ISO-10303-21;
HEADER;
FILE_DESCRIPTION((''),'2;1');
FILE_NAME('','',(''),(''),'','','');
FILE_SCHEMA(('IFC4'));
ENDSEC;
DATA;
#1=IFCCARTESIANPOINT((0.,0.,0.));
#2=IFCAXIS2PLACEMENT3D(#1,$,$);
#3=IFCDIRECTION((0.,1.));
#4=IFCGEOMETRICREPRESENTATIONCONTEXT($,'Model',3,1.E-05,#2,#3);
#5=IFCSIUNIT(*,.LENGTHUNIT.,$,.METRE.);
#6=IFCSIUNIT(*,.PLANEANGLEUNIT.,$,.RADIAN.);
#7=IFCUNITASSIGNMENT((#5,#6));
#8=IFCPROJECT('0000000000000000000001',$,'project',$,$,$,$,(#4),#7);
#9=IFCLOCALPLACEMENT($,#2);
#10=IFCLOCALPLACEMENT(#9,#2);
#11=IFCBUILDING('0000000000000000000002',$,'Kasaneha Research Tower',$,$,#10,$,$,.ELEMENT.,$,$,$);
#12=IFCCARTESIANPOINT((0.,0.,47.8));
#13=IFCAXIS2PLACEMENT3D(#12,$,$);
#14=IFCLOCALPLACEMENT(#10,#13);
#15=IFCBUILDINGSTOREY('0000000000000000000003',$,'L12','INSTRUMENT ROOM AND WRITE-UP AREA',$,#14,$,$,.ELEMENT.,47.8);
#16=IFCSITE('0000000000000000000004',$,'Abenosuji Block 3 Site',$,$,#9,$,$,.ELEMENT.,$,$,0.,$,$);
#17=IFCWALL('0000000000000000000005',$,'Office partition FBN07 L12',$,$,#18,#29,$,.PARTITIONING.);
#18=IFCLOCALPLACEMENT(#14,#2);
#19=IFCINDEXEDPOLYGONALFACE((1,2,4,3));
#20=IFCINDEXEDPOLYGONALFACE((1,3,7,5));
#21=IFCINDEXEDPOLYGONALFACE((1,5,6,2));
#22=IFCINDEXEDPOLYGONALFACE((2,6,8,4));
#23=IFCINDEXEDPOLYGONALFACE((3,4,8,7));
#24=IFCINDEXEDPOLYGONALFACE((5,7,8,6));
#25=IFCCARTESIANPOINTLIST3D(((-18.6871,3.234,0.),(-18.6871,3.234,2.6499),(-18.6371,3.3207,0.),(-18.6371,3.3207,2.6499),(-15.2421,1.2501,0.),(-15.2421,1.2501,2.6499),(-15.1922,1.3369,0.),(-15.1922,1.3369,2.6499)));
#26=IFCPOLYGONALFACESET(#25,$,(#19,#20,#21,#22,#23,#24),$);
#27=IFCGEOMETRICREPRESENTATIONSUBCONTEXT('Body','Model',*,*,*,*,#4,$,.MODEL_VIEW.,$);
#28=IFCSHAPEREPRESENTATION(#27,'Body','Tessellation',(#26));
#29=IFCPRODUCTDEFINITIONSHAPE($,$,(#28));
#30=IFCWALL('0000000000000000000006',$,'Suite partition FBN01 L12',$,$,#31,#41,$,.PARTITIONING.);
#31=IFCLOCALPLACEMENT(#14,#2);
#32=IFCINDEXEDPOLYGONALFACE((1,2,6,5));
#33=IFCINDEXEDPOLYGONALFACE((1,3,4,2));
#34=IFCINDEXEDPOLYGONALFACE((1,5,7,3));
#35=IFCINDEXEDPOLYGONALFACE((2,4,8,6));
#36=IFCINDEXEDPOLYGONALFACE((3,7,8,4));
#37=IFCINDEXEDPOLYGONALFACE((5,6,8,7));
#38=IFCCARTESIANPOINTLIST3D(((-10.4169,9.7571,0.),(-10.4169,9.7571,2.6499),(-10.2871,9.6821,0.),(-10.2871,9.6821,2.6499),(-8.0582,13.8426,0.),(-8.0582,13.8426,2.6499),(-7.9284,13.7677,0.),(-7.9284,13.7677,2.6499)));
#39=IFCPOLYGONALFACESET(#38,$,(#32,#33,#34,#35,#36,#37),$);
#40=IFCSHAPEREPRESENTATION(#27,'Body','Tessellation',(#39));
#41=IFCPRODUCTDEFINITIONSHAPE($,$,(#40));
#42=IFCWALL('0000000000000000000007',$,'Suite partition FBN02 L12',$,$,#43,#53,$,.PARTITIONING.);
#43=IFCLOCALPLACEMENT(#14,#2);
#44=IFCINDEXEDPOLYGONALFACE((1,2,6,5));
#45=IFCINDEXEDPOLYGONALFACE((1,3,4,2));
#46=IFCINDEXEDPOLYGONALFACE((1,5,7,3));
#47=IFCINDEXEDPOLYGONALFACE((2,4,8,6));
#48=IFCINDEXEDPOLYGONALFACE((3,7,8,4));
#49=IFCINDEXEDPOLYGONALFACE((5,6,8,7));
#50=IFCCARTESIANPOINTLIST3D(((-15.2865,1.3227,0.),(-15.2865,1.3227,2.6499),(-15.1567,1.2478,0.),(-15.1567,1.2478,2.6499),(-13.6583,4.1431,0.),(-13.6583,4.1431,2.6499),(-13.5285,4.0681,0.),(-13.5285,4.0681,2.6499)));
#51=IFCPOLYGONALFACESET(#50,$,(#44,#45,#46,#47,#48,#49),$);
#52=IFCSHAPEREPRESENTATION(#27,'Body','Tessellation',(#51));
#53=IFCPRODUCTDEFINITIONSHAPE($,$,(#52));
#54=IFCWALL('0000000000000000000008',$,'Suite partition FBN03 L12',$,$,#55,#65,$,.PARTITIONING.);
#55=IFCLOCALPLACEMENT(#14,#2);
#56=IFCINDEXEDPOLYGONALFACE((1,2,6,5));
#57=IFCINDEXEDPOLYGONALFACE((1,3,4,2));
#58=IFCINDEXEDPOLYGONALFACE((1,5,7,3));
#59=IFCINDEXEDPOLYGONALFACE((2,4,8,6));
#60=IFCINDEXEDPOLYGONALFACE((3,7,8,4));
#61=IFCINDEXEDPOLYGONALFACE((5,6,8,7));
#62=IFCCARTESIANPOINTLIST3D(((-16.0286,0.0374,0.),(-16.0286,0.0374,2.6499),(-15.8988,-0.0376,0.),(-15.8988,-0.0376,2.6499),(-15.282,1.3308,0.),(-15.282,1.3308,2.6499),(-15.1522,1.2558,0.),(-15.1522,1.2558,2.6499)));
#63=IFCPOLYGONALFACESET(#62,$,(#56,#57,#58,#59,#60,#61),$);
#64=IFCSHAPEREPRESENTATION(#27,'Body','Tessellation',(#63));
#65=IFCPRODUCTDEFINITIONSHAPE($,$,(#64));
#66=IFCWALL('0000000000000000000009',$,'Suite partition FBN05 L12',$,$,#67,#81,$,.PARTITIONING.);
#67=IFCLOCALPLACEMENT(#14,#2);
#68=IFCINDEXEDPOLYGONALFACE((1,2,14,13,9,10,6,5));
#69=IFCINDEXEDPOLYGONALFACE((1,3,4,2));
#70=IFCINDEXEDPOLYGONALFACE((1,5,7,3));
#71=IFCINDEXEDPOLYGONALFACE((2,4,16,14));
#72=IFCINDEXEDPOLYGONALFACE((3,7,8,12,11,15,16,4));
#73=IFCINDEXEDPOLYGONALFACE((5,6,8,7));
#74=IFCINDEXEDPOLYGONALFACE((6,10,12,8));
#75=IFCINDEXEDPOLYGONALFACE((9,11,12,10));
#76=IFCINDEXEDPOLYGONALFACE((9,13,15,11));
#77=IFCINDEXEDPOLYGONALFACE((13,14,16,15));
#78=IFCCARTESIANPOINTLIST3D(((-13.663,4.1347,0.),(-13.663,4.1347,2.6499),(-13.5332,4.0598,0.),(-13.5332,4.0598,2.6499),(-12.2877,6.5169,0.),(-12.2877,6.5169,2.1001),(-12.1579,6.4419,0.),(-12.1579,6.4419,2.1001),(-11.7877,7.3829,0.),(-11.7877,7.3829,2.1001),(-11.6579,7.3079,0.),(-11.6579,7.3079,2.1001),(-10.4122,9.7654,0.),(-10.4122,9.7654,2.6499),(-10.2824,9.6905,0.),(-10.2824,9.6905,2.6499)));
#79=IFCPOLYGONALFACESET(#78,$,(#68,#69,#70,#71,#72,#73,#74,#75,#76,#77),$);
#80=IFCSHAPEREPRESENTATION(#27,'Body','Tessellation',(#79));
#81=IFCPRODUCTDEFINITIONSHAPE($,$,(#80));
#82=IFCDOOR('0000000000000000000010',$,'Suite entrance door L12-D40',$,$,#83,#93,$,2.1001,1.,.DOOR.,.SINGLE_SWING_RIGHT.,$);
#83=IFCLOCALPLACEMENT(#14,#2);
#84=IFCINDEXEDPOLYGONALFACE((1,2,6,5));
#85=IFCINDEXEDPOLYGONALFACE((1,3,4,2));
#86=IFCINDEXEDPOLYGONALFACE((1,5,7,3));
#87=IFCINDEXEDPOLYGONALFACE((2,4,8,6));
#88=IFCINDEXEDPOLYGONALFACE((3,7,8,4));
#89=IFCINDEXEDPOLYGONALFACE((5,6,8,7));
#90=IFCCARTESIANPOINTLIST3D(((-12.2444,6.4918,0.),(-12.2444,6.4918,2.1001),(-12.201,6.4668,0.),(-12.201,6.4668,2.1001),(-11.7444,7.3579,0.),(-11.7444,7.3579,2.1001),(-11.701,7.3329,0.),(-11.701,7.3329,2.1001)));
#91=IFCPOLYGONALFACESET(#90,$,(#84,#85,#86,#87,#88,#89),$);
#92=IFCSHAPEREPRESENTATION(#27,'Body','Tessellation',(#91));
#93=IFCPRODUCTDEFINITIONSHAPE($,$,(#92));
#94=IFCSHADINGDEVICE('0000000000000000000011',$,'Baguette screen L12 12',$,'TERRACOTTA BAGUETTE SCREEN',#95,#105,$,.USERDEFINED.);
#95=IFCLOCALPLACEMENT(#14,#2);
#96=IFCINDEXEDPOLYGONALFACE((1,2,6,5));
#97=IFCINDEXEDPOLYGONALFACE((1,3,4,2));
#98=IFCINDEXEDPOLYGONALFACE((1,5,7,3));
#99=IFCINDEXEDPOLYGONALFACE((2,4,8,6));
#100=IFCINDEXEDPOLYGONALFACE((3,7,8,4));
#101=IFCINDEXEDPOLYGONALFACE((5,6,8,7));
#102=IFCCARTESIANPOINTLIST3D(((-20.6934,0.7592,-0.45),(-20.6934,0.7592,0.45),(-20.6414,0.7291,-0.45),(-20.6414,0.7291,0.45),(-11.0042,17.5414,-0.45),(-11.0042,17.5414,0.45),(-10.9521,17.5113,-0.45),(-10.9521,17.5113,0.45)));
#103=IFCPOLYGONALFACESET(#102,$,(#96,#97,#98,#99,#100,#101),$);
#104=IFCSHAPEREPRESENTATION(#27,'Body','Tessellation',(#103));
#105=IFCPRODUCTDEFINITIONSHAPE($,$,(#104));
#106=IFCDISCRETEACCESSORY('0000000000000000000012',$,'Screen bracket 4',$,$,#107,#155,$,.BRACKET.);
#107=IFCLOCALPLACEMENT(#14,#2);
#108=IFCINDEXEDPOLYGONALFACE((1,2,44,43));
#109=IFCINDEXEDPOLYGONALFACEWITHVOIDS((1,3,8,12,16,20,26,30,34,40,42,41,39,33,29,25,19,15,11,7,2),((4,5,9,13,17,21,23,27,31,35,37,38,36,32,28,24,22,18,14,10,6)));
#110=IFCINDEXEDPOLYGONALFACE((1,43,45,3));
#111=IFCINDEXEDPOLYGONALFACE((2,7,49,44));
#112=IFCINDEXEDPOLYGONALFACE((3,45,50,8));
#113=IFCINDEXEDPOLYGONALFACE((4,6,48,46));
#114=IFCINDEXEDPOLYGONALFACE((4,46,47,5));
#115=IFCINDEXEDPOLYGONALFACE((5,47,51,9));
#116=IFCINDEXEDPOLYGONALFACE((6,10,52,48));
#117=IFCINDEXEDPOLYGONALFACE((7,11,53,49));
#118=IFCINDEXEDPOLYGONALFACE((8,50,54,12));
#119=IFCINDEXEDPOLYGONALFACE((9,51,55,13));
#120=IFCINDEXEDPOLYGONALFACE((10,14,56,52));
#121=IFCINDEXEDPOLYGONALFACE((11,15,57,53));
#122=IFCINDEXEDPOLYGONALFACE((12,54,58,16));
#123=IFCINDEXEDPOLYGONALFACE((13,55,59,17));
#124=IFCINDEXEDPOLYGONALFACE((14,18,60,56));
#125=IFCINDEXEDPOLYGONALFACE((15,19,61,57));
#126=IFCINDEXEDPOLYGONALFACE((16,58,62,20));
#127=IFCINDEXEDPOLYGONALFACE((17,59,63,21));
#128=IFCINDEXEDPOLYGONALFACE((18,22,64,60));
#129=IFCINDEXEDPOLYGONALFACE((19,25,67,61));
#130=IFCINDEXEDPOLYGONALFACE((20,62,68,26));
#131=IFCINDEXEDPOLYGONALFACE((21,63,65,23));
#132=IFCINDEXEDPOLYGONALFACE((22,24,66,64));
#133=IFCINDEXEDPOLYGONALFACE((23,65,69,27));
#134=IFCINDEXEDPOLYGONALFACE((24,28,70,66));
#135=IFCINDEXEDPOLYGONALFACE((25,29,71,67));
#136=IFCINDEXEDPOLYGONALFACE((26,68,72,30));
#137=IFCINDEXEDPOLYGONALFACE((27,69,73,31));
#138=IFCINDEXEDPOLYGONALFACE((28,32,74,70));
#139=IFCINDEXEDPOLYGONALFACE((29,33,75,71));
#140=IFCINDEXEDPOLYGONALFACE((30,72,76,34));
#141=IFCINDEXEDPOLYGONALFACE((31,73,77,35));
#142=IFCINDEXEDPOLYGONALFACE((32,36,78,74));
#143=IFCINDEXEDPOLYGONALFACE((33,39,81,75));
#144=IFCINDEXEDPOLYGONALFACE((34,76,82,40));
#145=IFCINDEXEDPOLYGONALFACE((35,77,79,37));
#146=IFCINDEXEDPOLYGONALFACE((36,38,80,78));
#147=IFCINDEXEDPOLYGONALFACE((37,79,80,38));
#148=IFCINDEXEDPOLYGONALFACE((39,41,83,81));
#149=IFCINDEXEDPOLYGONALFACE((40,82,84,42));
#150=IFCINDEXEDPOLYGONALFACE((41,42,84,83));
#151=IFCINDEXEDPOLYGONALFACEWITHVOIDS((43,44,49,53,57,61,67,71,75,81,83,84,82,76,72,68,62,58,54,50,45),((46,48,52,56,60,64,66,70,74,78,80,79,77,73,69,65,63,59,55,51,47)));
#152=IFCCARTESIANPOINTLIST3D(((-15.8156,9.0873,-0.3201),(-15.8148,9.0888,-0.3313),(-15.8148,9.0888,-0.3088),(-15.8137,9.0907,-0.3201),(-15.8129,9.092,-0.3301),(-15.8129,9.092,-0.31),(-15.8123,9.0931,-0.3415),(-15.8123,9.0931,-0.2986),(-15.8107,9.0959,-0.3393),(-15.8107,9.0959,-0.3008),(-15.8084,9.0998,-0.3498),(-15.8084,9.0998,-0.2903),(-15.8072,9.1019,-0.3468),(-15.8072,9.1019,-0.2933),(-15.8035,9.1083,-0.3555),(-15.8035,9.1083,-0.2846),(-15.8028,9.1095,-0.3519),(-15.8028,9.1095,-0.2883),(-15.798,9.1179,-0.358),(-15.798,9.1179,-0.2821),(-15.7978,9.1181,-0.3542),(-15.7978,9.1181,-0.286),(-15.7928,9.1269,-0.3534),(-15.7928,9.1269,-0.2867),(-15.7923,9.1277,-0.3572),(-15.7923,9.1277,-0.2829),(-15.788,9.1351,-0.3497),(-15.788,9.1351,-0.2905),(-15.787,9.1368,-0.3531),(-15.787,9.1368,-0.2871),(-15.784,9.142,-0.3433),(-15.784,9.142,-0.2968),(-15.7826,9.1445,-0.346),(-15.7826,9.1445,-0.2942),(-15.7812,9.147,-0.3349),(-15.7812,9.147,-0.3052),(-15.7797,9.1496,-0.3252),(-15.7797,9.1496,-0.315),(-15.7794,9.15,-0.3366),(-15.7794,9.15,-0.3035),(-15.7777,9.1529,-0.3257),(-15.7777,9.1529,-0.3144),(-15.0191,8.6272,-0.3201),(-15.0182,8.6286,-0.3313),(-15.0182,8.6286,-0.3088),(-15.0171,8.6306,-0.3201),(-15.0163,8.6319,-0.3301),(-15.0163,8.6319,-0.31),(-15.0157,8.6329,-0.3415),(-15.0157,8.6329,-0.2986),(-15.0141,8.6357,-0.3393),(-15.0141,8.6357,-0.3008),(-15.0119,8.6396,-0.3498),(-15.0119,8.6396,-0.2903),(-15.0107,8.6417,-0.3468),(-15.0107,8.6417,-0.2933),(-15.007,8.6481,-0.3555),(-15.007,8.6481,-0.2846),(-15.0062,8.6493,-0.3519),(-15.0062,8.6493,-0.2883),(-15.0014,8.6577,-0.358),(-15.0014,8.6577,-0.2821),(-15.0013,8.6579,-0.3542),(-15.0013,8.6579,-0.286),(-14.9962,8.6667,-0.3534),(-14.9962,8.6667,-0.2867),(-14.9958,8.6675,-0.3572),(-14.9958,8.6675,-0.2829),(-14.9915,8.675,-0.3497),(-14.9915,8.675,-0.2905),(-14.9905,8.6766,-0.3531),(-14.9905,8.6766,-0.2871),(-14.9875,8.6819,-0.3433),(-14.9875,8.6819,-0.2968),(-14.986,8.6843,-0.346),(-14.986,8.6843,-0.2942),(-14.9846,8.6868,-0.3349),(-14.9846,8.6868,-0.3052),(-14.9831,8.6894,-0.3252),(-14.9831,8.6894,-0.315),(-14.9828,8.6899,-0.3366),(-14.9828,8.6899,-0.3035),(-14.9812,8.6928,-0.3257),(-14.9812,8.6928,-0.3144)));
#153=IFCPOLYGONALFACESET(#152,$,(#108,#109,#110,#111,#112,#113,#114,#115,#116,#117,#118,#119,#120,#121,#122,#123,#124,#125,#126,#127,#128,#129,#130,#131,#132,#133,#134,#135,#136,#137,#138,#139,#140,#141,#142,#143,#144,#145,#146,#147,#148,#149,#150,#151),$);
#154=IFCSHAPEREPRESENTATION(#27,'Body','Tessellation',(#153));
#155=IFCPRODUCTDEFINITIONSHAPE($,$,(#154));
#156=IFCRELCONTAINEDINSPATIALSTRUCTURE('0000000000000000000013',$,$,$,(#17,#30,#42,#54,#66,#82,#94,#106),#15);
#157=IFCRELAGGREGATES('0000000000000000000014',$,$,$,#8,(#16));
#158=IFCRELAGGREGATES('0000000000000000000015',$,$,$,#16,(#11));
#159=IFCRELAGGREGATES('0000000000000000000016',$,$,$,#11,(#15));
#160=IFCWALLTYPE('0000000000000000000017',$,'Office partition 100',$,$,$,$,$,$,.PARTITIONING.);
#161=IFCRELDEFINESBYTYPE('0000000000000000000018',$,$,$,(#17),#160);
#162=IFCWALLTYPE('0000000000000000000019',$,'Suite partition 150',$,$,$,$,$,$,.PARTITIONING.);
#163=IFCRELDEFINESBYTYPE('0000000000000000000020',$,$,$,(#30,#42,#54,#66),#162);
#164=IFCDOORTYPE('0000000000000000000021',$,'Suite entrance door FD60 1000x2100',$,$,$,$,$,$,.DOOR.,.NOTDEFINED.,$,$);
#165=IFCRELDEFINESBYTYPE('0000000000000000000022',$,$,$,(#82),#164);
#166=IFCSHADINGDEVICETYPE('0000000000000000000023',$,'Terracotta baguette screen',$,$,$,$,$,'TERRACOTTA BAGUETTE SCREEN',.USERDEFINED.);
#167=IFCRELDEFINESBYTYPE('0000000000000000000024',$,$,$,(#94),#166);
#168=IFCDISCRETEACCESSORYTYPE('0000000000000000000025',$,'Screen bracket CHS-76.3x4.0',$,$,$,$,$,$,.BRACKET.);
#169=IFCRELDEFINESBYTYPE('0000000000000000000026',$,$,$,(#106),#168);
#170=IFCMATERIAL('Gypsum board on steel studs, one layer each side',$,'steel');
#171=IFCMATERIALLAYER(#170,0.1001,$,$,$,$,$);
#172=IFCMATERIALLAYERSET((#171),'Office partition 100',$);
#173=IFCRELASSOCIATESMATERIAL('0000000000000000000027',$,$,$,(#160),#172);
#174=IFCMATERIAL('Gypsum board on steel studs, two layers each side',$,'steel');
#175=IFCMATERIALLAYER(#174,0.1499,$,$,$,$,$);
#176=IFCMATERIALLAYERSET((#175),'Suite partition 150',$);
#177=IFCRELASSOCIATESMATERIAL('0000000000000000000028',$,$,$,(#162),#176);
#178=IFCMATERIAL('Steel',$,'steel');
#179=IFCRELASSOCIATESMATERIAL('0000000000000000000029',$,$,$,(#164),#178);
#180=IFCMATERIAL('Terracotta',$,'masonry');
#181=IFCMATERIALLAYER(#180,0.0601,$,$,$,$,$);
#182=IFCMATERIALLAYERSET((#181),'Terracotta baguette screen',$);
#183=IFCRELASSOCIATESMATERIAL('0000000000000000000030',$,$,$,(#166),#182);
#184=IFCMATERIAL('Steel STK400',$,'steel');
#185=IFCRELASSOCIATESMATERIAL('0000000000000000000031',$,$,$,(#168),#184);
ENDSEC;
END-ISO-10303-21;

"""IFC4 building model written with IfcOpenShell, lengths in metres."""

from ifc_helpers import new_model, si_unit, direction, frame, frame_2d, origin, origin_2d, place, context, subcontext, project, spatial, rectangle, hollow_circle, extrude, material, layer, layer_set, material_profile, profile_set, type_object, element, fill, save


model = new_model("IFC4")

# Units and contexts
model_context = context("Model", 3, precision=1e-05, world=origin(), true_north=direction((0.0, 1.0)))
body_context = subcontext(model_context, "Body", "Model", "MODEL_VIEW")
ifc_project = project(units=[si_unit("LENGTHUNIT", "METRE"), si_unit("PLANEANGLEUNIT", "RADIAN")], contexts=[model_context])

# Site, building, storey
site_placement = place(None, origin())
site = spatial("IfcSite", under=ifc_project, at=site_placement, Name="Abenosuji Block 3 Site", CompositionType="ELEMENT", RefElevation=0.0)
building_placement = place(site_placement, origin())
building = spatial("IfcBuilding", under=site, at=building_placement, Name="Kasaneha Research Tower", CompositionType="ELEMENT")
storey_placement = place(building_placement, frame((0.0, 0.0, 47.8)))
storey = spatial("IfcBuildingStorey", under=building, at=storey_placement, Name="L12", Description="INSTRUMENT ROOM AND WRITE-UP AREA", CompositionType="ELEMENT", Elevation=47.8)

# Shared definitions
ifc_material_1 = material(Name="Gypsum board on steel studs, one layer each side", Category="steel")
ifc_layer_1 = layer(ifc_material_1, 0.1001)
ifc_layer_set_1 = layer_set([ifc_layer_1], Name="Office partition 100")
wall_type_1 = type_object("IfcWallType", Name="Office partition 100", PredefinedType="PARTITIONING", material=ifc_layer_set_1)

# Walls
wall_1_placement = place(storey_placement, frame((-15.217, 1.2935, 0.0), z_axis=(0.0, 0.0, 1.0), x_axis=(-0.866583, 0.499033, 0.0)))
element("IfcWall", 1, at=wall_1_placement, inside=storey, type_object=wall_type_1, Name="Office partition FBN07 L12", PredefinedType="PARTITIONING", context=body_context, shape_type="SweptSolid", body=[
    extrude(rectangle(XDim=3.9753, YDim=0.1001, at=frame_2d((1.9878, 0.0))), origin(), (0.0, 0.0, 1.0), 2.6499),
])
ifc_material_2 = material(Name="Gypsum board on steel studs, two layers each side", Category="steel")
ifc_layer_2 = layer(ifc_material_2, 0.1499)
ifc_layer_set_2 = layer_set([ifc_layer_2], Name="Suite partition 150")
wall_type_2 = type_object("IfcWallType", Name="Suite partition 150", PredefinedType="PARTITIONING", material=ifc_layer_set_2)
wall_2_placement = place(storey_placement, frame((-10.3521, 9.7195, 0.0), z_axis=(0.0, 0.0, 1.0), x_axis=(0.499985, 0.866034, 0.0)))
element("IfcWall", 2, at=wall_2_placement, inside=storey, type_object=wall_type_2, Name="Suite partition FBN01 L12", PredefinedType="PARTITIONING", context=body_context, shape_type="SweptSolid", body=[
    extrude(rectangle(XDim=4.7175, YDim=0.1499, at=frame_2d((2.3589, 0.0))), origin(), (0.0, 0.0, 1.0), 2.6499),
])
wall_3_placement = place(storey_placement, frame((-15.2217, 1.2852, 0.0), z_axis=(0.0, 0.0, 1.0), x_axis=(0.499969, 0.866043, 0.0)))
element("IfcWall", 3, at=wall_3_placement, inside=storey, type_object=wall_type_2, Name="Suite partition FBN02 L12", PredefinedType="PARTITIONING", context=body_context, shape_type="SweptSolid", body=[
    extrude(rectangle(XDim=3.2566, YDim=0.1499, at=frame_2d((1.6284, 0.0))), origin(), (0.0, 0.0, 1.0), 2.6499),
])
wall_4_placement = place(storey_placement, frame((-15.9636, 0.0, 0.0), z_axis=(0.0, 0.0, 1.0), x_axis=(0.499902, 0.866082, 0.0)))
element("IfcWall", 4, at=wall_4_placement, inside=storey, type_object=wall_type_2, Name="Suite partition FBN03 L12", PredefinedType="PARTITIONING", context=body_context, shape_type="SweptSolid", body=[
    extrude(rectangle(XDim=1.4934, YDim=0.1499, at=frame_2d((0.7466, 0.0))), origin(), (0.0, 0.0, 1.0), 2.6499),
])

# Wall, opening, door
wall_5_placement = place(storey_placement, frame((-13.5981, 4.0972, 0.0), z_axis=(0.0, 0.0, 1.0), x_axis=(0.499988, 0.866032, 0.0)))
wall_5 = element("IfcWall", 5, at=wall_5_placement, inside=storey, type_object=wall_type_2, Name="Suite partition FBN05 L12", PredefinedType="PARTITIONING", context=body_context, shape_type="SweptSolid", body=[
    extrude(rectangle(XDim=6.5017, YDim=0.1499, at=frame_2d((3.251, 0.0))), origin(), (0.0, 0.0, 1.0), 2.6499),
])
opening_1_placement = place(wall_5_placement, frame((2.7507, 0.0, 0.0)))
opening_1 = element("IfcOpeningElement", 6, at=opening_1_placement, cuts=wall_5, PredefinedType="OPENING", context=body_context, shape_type="SweptSolid", body=[
    extrude(rectangle(XDim=1.0, YDim=2.1001, at=frame_2d((0.5, 1.05))), frame((0.0, 0.085, 0.0), z_axis=(0.0, -1.0, 0.0), x_axis=(1.0, 0.0, 0.0)), (0.0, 0.0, 1.0), 0.1699),
])
ifc_material_3 = material(Name="Steel", Category="steel")
door_type_1 = type_object("IfcDoorType", Name="Suite entrance door FD60 1000x2100", OperationType="NOTDEFINED", PredefinedType="DOOR", material=ifc_material_3)
door_1_placement = place(opening_1_placement, origin())
door_1 = element("IfcDoor", 7, at=door_1_placement, inside=storey, type_object=door_type_1, Name="Suite entrance door L12-D40", OperationType="SINGLE_SWING_RIGHT", OverallHeight=2.1001, OverallWidth=1.0, PredefinedType="DOOR", context=body_context, shape_type="SweptSolid", body=[
    extrude(rectangle(XDim=1.0, YDim=2.1001, at=frame_2d((0.5, 1.05))), frame((0.0, 0.0249, 0.0), z_axis=(0.0, -1.0, 0.0), x_axis=(1.0, 0.0, 0.0)), (0.0, 0.0, 1.0), 0.05),
])
fill(opening_1, door_1)

# Shading device
ifc_material_4 = material(Name="Terracotta", Category="masonry")
ifc_layer_3 = layer(ifc_material_4, 0.0601)
ifc_layer_set_3 = layer_set([ifc_layer_3], Name="Terracotta baguette screen")
shading_device_type = type_object("IfcShadingDeviceType", Name="Terracotta baguette screen", ElementType="TERRACOTTA BAGUETTE SCREEN", PredefinedType="USERDEFINED", material=ifc_layer_set_3)
shading_device_placement = place(storey_placement, frame((-15.8228, 9.1353, -0.45), z_axis=(0.0, 0.0, 1.0), x_axis=(-0.5, -0.866025, 0.0)))
element("IfcShadingDevice", 8, at=shading_device_placement, inside=storey, type_object=shading_device_type, Name="Baguette screen L12 12", ObjectType="TERRACOTTA BAGUETTE SCREEN", PredefinedType="USERDEFINED", context=body_context, shape_type="SweptSolid", body=[
    extrude(rectangle(XDim=19.3784, YDim=0.0601, at=origin_2d()), origin(), (0.0, 0.0, 1.0), 0.8999),
])

# Discrete accessory
ifc_material_5 = material(Name="Steel STK400", Category="steel")
ifc_material_profile_1 = material_profile(ifc_material_5, hollow_circle(Radius=0.0381, WallThickness=0.0039, at=origin_2d()), Name="CHS-76.3x4.0")
ifc_profile_set_1 = profile_set([ifc_material_profile_1], Name="Steel STK400")
discrete_accessory_type = type_object("IfcDiscreteAccessoryType", Name="Screen bracket CHS-76.3x4.0", PredefinedType="BRACKET", material=ifc_profile_set_1)
discrete_accessory_placement = place(storey_placement, frame((-15.0, 8.6602, -0.3201), z_axis=(-0.865898, 0.50022, 0.0), x_axis=(-0.50022, -0.865898, 0.0)))
element("IfcDiscreteAccessory", 9, at=discrete_accessory_placement, inside=storey, type_object=discrete_accessory_type, Name="Screen bracket 4", PredefinedType="BRACKET", context=body_context, shape_type="SweptSolid", body=[
    extrude(hollow_circle(Radius=0.0381, WallThickness=0.0039, at=origin_2d()), origin(), (0.0, 0.0, 1.0), 0.9199),
])

save(model, "model.ifc")
